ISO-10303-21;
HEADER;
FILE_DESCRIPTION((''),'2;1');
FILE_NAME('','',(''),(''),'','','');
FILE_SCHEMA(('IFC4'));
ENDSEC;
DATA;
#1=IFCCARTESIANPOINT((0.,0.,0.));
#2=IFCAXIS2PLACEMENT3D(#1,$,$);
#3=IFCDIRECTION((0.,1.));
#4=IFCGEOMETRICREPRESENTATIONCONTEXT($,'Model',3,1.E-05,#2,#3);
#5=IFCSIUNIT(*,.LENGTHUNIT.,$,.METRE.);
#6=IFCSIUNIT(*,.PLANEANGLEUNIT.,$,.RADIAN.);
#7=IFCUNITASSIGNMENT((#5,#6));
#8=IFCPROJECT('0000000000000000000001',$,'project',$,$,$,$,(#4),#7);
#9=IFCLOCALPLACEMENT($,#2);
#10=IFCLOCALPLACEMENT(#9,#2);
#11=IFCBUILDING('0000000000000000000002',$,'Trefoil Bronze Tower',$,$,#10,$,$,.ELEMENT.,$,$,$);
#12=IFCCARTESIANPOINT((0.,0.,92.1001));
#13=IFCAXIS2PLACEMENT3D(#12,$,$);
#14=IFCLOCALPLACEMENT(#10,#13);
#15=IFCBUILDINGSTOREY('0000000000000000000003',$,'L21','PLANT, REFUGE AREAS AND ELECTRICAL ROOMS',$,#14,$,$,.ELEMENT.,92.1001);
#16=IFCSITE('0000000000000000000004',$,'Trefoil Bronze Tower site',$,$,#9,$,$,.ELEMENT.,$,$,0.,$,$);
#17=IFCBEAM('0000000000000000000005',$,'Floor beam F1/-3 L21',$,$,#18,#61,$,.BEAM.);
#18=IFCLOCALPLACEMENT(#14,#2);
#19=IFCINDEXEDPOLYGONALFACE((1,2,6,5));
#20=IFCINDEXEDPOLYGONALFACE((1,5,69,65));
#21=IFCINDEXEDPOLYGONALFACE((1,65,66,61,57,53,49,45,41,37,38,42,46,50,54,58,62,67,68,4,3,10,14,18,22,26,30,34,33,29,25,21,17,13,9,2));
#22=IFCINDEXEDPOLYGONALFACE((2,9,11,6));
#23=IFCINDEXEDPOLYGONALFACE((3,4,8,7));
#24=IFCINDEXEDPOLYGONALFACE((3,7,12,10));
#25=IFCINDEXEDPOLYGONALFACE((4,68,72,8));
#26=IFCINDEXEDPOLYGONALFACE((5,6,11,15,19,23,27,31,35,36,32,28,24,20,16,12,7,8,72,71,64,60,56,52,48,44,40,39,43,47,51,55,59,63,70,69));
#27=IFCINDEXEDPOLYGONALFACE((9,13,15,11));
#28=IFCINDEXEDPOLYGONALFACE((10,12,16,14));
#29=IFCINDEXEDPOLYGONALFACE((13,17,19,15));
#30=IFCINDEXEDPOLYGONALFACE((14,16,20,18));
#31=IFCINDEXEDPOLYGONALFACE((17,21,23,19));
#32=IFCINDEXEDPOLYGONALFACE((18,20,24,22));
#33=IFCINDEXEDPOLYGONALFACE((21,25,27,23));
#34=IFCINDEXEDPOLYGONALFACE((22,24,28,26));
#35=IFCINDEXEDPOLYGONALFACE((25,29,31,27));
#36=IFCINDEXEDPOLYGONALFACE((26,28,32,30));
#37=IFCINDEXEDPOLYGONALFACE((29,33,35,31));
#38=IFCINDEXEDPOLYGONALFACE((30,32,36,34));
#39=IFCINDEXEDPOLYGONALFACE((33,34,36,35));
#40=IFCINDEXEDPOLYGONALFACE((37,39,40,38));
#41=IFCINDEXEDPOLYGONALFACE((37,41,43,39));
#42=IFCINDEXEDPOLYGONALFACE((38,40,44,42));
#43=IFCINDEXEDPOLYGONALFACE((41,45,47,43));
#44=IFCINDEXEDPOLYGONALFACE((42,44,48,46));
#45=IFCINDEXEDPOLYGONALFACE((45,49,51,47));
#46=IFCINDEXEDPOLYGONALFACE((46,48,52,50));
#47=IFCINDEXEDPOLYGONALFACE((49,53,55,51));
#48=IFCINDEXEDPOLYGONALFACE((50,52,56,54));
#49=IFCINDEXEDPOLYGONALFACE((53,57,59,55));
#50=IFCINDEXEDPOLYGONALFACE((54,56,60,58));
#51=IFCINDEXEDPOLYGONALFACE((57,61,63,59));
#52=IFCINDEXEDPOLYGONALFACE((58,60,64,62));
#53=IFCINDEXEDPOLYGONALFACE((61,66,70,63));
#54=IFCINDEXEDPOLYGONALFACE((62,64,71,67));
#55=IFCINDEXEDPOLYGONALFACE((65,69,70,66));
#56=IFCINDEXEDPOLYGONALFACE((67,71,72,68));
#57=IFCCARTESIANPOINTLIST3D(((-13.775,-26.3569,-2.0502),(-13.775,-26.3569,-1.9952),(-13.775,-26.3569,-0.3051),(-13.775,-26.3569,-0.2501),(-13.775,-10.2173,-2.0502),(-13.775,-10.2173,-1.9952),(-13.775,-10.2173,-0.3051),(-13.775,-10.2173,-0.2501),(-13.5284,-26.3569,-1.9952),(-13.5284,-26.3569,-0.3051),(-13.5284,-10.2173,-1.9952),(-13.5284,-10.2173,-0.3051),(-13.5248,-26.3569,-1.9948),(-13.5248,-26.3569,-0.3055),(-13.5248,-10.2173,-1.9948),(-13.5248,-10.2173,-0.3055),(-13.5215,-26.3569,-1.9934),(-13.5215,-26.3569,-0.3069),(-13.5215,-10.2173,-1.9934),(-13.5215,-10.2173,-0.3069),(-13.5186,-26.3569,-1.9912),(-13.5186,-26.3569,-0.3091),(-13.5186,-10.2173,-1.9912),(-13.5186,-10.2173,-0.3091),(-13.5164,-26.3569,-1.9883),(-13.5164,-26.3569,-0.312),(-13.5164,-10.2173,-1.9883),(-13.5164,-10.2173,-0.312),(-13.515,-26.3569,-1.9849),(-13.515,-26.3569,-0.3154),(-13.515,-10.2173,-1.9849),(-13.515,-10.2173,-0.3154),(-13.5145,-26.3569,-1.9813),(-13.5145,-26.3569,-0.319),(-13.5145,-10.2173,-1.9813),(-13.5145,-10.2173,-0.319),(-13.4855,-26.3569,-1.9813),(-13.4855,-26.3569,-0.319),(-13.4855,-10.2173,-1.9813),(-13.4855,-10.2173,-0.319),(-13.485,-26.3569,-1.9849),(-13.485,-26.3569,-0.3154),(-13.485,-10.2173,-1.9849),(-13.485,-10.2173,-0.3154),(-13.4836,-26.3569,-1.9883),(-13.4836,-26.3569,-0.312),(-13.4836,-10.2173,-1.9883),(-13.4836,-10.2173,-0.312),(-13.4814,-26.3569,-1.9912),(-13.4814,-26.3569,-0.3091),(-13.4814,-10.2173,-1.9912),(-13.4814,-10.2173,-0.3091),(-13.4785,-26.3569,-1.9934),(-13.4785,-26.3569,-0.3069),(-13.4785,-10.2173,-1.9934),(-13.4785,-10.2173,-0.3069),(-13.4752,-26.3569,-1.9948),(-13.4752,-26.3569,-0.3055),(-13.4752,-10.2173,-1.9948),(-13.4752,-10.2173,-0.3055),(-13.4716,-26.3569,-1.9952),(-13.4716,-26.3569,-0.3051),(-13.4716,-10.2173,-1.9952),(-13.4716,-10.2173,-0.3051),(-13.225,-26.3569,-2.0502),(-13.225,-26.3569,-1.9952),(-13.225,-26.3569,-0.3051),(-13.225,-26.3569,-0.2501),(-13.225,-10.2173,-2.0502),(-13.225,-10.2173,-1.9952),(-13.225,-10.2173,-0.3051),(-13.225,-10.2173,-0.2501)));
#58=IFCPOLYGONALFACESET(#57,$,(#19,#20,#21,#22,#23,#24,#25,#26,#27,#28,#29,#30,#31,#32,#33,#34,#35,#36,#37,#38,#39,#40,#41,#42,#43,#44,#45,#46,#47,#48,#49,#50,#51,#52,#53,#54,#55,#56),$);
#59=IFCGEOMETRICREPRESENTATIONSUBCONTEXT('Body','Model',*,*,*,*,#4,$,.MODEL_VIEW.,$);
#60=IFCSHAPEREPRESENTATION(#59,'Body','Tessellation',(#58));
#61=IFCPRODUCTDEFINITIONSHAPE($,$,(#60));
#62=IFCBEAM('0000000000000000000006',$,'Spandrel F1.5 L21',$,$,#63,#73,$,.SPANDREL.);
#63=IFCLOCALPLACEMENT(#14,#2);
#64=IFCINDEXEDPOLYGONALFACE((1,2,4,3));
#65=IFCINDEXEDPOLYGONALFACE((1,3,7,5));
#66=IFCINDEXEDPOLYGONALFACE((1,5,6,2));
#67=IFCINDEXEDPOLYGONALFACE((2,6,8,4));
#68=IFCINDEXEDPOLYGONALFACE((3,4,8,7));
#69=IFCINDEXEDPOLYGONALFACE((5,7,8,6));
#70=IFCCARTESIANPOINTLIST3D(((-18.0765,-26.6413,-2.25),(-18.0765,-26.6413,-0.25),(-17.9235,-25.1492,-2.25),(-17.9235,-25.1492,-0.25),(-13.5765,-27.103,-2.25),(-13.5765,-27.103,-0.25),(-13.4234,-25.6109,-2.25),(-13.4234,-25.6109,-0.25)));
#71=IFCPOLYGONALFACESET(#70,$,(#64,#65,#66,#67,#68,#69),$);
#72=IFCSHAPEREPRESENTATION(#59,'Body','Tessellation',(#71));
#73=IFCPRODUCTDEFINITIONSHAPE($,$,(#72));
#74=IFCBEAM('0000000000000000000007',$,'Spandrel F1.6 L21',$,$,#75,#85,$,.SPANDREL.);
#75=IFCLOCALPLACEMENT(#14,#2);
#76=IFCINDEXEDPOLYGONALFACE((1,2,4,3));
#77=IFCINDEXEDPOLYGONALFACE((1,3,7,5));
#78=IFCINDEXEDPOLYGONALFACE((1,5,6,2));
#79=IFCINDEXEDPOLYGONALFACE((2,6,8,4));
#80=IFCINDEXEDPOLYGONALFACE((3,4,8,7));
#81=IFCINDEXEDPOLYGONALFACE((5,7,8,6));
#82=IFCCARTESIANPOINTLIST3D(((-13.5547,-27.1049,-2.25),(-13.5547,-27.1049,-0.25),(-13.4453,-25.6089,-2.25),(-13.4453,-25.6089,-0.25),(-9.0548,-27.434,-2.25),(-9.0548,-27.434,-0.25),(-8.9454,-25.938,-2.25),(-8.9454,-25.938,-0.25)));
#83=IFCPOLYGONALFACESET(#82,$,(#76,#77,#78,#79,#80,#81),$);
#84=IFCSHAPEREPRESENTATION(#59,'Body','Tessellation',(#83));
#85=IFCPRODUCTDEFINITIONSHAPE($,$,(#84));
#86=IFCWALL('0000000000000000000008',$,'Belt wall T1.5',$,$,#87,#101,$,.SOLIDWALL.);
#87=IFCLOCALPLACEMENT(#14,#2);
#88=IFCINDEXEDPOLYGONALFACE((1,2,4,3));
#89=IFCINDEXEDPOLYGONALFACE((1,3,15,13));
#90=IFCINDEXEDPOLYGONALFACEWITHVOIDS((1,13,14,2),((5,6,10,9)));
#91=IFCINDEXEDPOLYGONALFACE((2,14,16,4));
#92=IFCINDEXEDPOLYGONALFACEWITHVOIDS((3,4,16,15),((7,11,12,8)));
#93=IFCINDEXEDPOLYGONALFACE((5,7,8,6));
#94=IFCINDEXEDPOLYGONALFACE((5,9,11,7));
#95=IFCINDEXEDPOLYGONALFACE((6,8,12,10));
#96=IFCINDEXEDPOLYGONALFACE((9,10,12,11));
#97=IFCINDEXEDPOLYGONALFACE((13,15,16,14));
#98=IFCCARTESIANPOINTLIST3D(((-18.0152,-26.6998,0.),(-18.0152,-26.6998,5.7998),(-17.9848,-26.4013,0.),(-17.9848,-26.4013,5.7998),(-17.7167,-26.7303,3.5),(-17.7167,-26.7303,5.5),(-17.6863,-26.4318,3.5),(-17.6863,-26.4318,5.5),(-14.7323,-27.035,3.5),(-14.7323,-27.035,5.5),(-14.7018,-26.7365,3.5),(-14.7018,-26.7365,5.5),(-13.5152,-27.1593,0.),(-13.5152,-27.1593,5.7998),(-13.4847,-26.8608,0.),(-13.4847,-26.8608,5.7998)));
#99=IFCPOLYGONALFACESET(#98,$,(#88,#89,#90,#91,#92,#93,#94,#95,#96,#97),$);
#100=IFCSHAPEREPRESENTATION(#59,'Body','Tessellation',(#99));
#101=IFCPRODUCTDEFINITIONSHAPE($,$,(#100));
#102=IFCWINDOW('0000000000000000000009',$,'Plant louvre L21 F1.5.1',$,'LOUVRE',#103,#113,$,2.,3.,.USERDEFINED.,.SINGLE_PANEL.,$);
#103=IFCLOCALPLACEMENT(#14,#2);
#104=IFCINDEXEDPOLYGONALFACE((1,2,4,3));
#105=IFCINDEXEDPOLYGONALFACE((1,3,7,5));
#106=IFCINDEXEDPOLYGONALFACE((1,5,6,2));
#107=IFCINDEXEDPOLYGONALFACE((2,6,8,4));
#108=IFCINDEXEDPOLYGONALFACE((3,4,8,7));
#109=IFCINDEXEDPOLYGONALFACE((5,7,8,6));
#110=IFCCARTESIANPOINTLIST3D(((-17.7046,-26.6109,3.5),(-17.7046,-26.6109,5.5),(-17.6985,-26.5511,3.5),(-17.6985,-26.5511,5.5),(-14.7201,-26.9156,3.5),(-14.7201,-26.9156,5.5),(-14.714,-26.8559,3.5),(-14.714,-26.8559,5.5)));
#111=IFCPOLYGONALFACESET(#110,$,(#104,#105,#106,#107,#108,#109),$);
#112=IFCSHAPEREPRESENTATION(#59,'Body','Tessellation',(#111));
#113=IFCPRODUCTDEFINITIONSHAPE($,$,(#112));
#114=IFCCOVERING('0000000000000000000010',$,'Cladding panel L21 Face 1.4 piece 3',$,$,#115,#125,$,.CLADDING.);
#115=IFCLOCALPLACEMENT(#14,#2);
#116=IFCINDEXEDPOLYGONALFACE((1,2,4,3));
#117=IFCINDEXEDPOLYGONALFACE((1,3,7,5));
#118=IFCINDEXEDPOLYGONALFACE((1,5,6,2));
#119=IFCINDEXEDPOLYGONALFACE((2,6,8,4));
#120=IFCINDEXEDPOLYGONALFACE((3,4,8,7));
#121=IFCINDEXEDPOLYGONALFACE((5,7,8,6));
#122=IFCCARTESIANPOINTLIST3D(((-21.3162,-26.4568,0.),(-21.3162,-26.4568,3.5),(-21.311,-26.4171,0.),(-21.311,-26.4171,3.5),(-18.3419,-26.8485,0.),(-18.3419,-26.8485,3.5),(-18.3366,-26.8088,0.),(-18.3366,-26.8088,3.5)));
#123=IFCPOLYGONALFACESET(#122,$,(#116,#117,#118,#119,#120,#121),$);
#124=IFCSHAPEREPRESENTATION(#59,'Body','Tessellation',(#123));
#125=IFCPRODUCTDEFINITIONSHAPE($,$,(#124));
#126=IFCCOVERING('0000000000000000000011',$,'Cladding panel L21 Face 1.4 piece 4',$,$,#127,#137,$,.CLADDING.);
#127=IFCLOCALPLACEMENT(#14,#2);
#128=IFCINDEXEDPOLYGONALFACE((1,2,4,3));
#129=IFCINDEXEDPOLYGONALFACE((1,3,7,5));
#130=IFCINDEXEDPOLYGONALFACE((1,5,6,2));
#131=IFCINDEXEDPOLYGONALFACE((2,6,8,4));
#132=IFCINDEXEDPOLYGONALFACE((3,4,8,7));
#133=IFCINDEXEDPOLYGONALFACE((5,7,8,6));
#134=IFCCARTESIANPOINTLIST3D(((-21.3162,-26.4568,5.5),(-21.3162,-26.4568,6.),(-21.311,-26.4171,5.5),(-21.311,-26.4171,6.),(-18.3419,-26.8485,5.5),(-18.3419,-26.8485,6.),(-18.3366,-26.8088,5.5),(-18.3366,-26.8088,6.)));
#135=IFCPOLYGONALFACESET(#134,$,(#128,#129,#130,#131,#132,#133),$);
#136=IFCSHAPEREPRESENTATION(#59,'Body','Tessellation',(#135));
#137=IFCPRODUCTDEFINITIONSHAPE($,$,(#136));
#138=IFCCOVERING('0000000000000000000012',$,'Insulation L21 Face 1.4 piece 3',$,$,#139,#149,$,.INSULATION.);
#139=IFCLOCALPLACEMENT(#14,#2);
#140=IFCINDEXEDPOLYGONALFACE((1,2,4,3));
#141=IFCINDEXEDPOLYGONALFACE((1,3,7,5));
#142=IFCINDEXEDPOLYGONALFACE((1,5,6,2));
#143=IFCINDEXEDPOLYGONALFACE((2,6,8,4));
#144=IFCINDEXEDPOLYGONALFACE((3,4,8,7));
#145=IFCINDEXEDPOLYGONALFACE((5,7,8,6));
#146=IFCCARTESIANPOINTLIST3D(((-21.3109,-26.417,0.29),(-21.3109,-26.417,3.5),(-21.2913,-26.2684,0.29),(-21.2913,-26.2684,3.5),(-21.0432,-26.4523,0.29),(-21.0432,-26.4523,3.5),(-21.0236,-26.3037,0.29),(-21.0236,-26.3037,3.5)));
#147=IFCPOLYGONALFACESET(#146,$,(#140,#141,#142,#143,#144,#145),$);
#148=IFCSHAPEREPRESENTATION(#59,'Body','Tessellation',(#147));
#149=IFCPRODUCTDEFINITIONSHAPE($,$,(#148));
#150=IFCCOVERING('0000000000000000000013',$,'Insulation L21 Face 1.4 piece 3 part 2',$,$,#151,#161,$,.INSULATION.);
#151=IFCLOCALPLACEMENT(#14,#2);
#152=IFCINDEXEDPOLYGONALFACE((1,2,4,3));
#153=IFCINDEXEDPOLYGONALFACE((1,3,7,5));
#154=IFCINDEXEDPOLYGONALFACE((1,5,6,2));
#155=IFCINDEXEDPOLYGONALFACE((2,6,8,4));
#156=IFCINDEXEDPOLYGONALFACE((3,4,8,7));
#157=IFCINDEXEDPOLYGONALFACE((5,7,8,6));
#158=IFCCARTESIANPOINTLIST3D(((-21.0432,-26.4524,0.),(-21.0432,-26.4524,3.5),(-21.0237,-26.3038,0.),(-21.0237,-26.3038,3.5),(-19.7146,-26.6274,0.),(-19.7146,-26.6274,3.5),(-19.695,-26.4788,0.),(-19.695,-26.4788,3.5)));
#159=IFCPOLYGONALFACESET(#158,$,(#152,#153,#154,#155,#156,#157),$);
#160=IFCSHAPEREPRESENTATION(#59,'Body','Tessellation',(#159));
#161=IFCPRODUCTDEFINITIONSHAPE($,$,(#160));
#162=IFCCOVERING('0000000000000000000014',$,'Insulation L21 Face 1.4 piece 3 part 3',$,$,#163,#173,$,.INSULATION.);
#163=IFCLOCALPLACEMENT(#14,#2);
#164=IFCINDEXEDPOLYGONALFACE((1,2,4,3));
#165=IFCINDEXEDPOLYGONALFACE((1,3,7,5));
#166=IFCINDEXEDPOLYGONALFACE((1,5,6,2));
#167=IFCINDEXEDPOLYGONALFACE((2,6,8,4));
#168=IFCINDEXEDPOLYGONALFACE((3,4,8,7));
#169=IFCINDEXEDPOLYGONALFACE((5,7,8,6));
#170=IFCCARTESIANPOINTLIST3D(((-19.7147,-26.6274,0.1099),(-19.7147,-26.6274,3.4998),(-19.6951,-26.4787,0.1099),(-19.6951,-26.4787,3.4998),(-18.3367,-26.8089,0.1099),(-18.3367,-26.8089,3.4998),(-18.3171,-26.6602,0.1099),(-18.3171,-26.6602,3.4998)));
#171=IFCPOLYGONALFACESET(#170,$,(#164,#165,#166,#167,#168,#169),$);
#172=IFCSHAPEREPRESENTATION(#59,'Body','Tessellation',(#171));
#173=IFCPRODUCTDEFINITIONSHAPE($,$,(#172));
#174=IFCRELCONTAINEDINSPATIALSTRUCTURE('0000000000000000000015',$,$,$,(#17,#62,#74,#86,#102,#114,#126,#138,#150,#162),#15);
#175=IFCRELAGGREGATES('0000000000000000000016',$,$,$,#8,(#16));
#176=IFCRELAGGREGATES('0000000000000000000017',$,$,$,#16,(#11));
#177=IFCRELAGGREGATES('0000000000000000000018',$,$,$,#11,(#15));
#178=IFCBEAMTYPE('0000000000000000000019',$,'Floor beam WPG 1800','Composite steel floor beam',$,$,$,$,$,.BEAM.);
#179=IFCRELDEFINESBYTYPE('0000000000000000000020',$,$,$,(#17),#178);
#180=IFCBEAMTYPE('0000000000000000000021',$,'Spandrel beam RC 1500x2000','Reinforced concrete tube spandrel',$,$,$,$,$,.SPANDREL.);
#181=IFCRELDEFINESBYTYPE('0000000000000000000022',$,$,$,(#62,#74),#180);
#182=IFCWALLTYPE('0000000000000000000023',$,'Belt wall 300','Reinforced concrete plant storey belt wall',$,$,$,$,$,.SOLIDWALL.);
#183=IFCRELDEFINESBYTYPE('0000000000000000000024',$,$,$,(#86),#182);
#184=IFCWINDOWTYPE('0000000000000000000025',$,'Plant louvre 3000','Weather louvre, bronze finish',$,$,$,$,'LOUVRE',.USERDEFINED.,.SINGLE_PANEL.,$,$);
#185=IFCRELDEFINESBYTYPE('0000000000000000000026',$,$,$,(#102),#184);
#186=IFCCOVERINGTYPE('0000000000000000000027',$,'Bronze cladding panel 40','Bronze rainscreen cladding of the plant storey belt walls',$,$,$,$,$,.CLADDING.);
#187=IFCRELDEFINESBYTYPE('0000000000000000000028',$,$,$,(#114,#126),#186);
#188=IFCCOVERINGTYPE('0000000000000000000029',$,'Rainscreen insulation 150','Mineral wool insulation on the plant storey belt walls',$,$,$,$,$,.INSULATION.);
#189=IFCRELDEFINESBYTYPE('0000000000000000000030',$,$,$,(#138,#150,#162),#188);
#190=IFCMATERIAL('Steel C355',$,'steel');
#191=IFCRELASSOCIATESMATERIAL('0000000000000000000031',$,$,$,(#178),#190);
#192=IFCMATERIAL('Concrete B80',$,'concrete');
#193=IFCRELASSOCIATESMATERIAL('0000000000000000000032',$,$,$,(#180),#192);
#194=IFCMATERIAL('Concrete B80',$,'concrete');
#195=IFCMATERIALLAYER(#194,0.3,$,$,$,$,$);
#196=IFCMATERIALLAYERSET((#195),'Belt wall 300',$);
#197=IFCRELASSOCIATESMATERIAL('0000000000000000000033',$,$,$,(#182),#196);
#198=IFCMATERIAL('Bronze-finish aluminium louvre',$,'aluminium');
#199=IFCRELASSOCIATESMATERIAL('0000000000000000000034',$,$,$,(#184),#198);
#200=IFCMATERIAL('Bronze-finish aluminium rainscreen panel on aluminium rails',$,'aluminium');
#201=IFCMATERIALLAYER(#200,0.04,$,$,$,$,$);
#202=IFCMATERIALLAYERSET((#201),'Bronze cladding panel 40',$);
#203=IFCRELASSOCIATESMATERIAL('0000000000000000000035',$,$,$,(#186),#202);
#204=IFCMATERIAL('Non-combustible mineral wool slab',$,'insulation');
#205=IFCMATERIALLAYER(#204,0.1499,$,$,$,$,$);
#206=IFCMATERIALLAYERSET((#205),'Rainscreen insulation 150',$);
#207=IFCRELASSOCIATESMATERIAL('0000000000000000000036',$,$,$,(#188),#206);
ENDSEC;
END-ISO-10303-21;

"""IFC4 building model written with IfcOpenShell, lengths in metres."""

from ifc_helpers import new_model, si_unit, direction, frame, frame_2d, origin, origin_2d, place, context, subcontext, project, spatial, rectangle, i_section, extrude, material, layer, layer_set, material_profile, profile_set, type_object, element, fill, save


model = new_model("IFC4")

# Units and contexts
model_context = context("Model", 3, precision=1e-05, world=origin(), true_north=direction((0.0, 1.0)))
body_context = subcontext(model_context, "Body", "Model", "MODEL_VIEW")
ifc_project = project(units=[si_unit("LENGTHUNIT", "METRE"), si_unit("PLANEANGLEUNIT", "RADIAN")], contexts=[model_context])

# Site, building, storey
site_placement = place(None, origin())
site = spatial("IfcSite", under=ifc_project, at=site_placement, Name="Trefoil Bronze Tower site", CompositionType="ELEMENT", RefElevation=0.0)
building_placement = place(site_placement, origin())
building = spatial("IfcBuilding", under=site, at=building_placement, Name="Trefoil Bronze Tower", CompositionType="ELEMENT")
storey_placement = place(building_placement, frame((0.0, 0.0, 92.1001)))
storey = spatial("IfcBuildingStorey", under=building, at=storey_placement, Name="L21", Description="PLANT, REFUGE AREAS AND ELECTRICAL ROOMS", CompositionType="ELEMENT", Elevation=92.1001)

# Beams
ifc_material_1 = material(Name="Steel C355", Category="steel")
ifc_material_profile_1 = material_profile(ifc_material_1, i_section(OverallWidth=0.55, OverallDepth=1.8, WebThickness=0.0291, FlangeThickness=0.0549, FilletRadius=0.0139, at=origin_2d()), Name="WPG 1800")
ifc_profile_set_1 = profile_set([ifc_material_profile_1], Name="Steel C355")
beam_type_1 = type_object("IfcBeamType", Name="Floor beam WPG 1800", Description="Composite steel floor beam", PredefinedType="BEAM", material=ifc_profile_set_1)
beam_1_placement = place(storey_placement, frame((-13.5, -26.3569, -1.1501), z_axis=(0.0, 1.0, 0.0), x_axis=(-1.0, 0.0, 0.0)))
element("IfcBeam", 1, at=beam_1_placement, inside=storey, type_object=beam_type_1, Name="Floor beam F1/-3 L21", PredefinedType="BEAM", context=body_context, shape_type="SweptSolid", body=[
    extrude(i_section(OverallWidth=0.55, OverallDepth=1.8, WebThickness=0.0291, FlangeThickness=0.0549, FilletRadius=0.0139, at=origin_2d()), origin(), (0.0, 0.0, 1.0), 16.1396),
])
ifc_material_2 = material(Name="Concrete B80", Category="concrete")
ifc_material_profile_2 = material_profile(ifc_material_2, rectangle(XDim=1.5, YDim=2.0, at=origin_2d()), Name="RC 1500x2000")
ifc_profile_set_2 = profile_set([ifc_material_profile_2], Name="Concrete B80")
beam_type_2 = type_object("IfcBeamType", Name="Spandrel beam RC 1500x2000", Description="Reinforced concrete tube spandrel", PredefinedType="SPANDREL", material=ifc_profile_set_2)
beam_2_placement = place(storey_placement, frame((-18.0, -25.8953, -1.25), z_axis=(0.994778, -0.102058, 0.0), x_axis=(0.102058, 0.994778, 0.0)))
element("IfcBeam", 2, at=beam_2_placement, inside=storey, type_object=beam_type_2, Name="Spandrel F1.5 L21", PredefinedType="SPANDREL", context=body_context, shape_type="SweptSolid", body=[
    extrude(rectangle(XDim=1.5, YDim=2.0, at=origin_2d()), origin(), (0.0, 0.0, 1.0), 4.5237),
])
beam_3_placement = place(storey_placement, frame((-13.5, -26.3569, -1.25), z_axis=(0.997336, -0.072939, 0.0), x_axis=(0.072939, 0.997336, 0.0)))
element("IfcBeam", 3, at=beam_3_placement, inside=storey, type_object=beam_type_2, Name="Spandrel F1.6 L21", PredefinedType="SPANDREL", context=body_context, shape_type="SweptSolid", body=[
    extrude(rectangle(XDim=1.5, YDim=2.0, at=origin_2d()), origin(), (0.0, 0.0, 1.0), 4.512),
])

# Wall, opening, window
ifc_material_3 = material(Name="Concrete B80", Category="concrete")
ifc_layer_1 = layer(ifc_material_3, 0.3)
ifc_layer_set_1 = layer_set([ifc_layer_1], Name="Belt wall 300")
wall_type = type_object("IfcWallType", Name="Belt wall 300", Description="Reinforced concrete plant storey belt wall", PredefinedType="SOLIDWALL", material=ifc_layer_set_1)
wall_placement = place(storey_placement, frame((-18.0, -26.5505, 0.0), z_axis=(0.0, 0.0, 1.0), x_axis=(0.994828, -0.101577, 0.0)))
wall = element("IfcWall", 4, at=wall_placement, inside=storey, type_object=wall_type, Name="Belt wall T1.5", PredefinedType="SOLIDWALL", context=body_context, shape_type="SweptSolid", body=[
    extrude(rectangle(XDim=4.5234, YDim=0.3, at=frame_2d((2.2617, 0.0))), origin(), (0.0, 0.0, 1.0), 5.7998),
])
opening_placement = place(wall_placement, frame((0.3, 0.0, 3.5)))
opening = element("IfcOpeningElement", 5, at=opening_placement, cuts=wall, PredefinedType="OPENING", context=body_context, shape_type="SweptSolid", body=[
    extrude(rectangle(XDim=3.0, YDim=2.0, at=frame_2d((1.5, 1.0))), frame((0.0, 0.1599, 0.0), z_axis=(0.0, -1.0, 0.0), x_axis=(1.0, 0.0, 0.0)), (0.0, 0.0, 1.0), 0.3201),
])
ifc_material_4 = material(Name="Bronze-finish aluminium louvre", Category="aluminium")
window_type = type_object("IfcWindowType", Name="Plant louvre 3000", Description="Weather louvre, bronze finish", ElementType="LOUVRE", PartitioningType="SINGLE_PANEL", PredefinedType="USERDEFINED", material=ifc_material_4)
window_placement = place(opening_placement, origin())
window = element("IfcWindow", 6, at=window_placement, inside=storey, type_object=window_type, Name="Plant louvre L21 F1.5.1", ObjectType="LOUVRE", OverallHeight=2.0, OverallWidth=3.0, PartitioningType="SINGLE_PANEL", PredefinedType="USERDEFINED", context=body_context, shape_type="SweptSolid", body=[
    extrude(rectangle(XDim=3.0, YDim=2.0, at=frame_2d((1.5, 1.0))), frame((0.0, 0.03, 0.0), z_axis=(0.0, -1.0, 0.0), x_axis=(1.0, 0.0, 0.0)), (0.0, 0.0, 1.0), 0.0601),
])
fill(opening, window)

# Coverings
ifc_material_5 = material(Name="Bronze-finish aluminium rainscreen panel on aluminium rails", Category="aluminium")
ifc_layer_2 = layer(ifc_material_5, 0.04)
ifc_layer_set_2 = layer_set([ifc_layer_2], Name="Bronze cladding panel 40")
covering_type_1 = type_object("IfcCoveringType", Name="Bronze cladding panel 40", Description="Bronze rainscreen cladding of the plant storey belt walls", PredefinedType="CLADDING", material=ifc_layer_set_2)
covering_1_placement = place(storey_placement, frame((-19.8264, -26.6328, 0.0), z_axis=(0.0, 0.0, 1.0), x_axis=(0.991437, -0.130584, 0.0)))
element("IfcCovering", 7, at=covering_1_placement, inside=storey, type_object=covering_type_1, Name="Cladding panel L21 Face 1.4 piece 3", PredefinedType="CLADDING", context=body_context, shape_type="SweptSolid", body=[
    extrude(rectangle(XDim=3.0, YDim=0.04, at=origin_2d()), origin(), (0.0, 0.0, 1.0), 3.5),
])
covering_2_placement = place(storey_placement, frame((-19.8264, -26.6328, 5.5), z_axis=(0.0, 0.0, 1.0), x_axis=(0.991437, -0.130584, 0.0)))
element("IfcCovering", 8, at=covering_2_placement, inside=storey, type_object=covering_type_1, Name="Cladding panel L21 Face 1.4 piece 4", PredefinedType="CLADDING", context=body_context, shape_type="SweptSolid", body=[
    extrude(rectangle(XDim=3.0, YDim=0.04, at=origin_2d()), origin(), (0.0, 0.0, 1.0), 0.5),
])
ifc_material_6 = material(Name="Non-combustible mineral wool slab", Category="insulation")
ifc_layer_3 = layer(ifc_material_6, 0.1499)
ifc_layer_set_3 = layer_set([ifc_layer_3], Name="Rainscreen insulation 150")
covering_type_2 = type_object("IfcCoveringType", Name="Rainscreen insulation 150", Description="Mineral wool insulation on the plant storey belt walls", PredefinedType="INSULATION", material=ifc_layer_set_3)
covering_3_placement = place(storey_placement, frame((-21.1672, -26.3604, 0.29), z_axis=(0.0, 0.0, 1.0), x_axis=(0.991437, -0.130584, 0.0)))
element("IfcCovering", 9, at=covering_3_placement, inside=storey, type_object=covering_type_2, Name="Insulation L21 Face 1.4 piece 3", PredefinedType="INSULATION", context=body_context, shape_type="SweptSolid", body=[
    extrude(rectangle(XDim=0.27, YDim=0.1499, at=origin_2d()), origin(), (0.0, 0.0, 1.0), 3.21),
])
covering_4_placement = place(storey_placement, frame((-20.3691, -26.4656, 0.0), z_axis=(0.0, 0.0, 1.0), x_axis=(0.991437, -0.130584, 0.0)))
element("IfcCovering", 10, at=covering_4_placement, inside=storey, type_object=covering_type_2, Name="Insulation L21 Face 1.4 piece 3 part 2", PredefinedType="INSULATION", context=body_context, shape_type="SweptSolid", body=[
    extrude(rectangle(XDim=1.3401, YDim=0.1499, at=origin_2d()), origin(), (0.0, 0.0, 1.0), 3.5),
])
covering_5_placement = place(storey_placement, frame((-19.0159, -26.6438, 0.1099), z_axis=(0.0, 0.0, 1.0), x_axis=(0.991437, -0.130584, 0.0)))
element("IfcCovering", 11, at=covering_5_placement, inside=storey, type_object=covering_type_2, Name="Insulation L21 Face 1.4 piece 3 part 3", PredefinedType="INSULATION", context=body_context, shape_type="SweptSolid", body=[
    extrude(rectangle(XDim=1.3899, YDim=0.1499, at=origin_2d()), origin(), (0.0, 0.0, 1.0), 3.3899),
])

save(model, "model.ifc")
